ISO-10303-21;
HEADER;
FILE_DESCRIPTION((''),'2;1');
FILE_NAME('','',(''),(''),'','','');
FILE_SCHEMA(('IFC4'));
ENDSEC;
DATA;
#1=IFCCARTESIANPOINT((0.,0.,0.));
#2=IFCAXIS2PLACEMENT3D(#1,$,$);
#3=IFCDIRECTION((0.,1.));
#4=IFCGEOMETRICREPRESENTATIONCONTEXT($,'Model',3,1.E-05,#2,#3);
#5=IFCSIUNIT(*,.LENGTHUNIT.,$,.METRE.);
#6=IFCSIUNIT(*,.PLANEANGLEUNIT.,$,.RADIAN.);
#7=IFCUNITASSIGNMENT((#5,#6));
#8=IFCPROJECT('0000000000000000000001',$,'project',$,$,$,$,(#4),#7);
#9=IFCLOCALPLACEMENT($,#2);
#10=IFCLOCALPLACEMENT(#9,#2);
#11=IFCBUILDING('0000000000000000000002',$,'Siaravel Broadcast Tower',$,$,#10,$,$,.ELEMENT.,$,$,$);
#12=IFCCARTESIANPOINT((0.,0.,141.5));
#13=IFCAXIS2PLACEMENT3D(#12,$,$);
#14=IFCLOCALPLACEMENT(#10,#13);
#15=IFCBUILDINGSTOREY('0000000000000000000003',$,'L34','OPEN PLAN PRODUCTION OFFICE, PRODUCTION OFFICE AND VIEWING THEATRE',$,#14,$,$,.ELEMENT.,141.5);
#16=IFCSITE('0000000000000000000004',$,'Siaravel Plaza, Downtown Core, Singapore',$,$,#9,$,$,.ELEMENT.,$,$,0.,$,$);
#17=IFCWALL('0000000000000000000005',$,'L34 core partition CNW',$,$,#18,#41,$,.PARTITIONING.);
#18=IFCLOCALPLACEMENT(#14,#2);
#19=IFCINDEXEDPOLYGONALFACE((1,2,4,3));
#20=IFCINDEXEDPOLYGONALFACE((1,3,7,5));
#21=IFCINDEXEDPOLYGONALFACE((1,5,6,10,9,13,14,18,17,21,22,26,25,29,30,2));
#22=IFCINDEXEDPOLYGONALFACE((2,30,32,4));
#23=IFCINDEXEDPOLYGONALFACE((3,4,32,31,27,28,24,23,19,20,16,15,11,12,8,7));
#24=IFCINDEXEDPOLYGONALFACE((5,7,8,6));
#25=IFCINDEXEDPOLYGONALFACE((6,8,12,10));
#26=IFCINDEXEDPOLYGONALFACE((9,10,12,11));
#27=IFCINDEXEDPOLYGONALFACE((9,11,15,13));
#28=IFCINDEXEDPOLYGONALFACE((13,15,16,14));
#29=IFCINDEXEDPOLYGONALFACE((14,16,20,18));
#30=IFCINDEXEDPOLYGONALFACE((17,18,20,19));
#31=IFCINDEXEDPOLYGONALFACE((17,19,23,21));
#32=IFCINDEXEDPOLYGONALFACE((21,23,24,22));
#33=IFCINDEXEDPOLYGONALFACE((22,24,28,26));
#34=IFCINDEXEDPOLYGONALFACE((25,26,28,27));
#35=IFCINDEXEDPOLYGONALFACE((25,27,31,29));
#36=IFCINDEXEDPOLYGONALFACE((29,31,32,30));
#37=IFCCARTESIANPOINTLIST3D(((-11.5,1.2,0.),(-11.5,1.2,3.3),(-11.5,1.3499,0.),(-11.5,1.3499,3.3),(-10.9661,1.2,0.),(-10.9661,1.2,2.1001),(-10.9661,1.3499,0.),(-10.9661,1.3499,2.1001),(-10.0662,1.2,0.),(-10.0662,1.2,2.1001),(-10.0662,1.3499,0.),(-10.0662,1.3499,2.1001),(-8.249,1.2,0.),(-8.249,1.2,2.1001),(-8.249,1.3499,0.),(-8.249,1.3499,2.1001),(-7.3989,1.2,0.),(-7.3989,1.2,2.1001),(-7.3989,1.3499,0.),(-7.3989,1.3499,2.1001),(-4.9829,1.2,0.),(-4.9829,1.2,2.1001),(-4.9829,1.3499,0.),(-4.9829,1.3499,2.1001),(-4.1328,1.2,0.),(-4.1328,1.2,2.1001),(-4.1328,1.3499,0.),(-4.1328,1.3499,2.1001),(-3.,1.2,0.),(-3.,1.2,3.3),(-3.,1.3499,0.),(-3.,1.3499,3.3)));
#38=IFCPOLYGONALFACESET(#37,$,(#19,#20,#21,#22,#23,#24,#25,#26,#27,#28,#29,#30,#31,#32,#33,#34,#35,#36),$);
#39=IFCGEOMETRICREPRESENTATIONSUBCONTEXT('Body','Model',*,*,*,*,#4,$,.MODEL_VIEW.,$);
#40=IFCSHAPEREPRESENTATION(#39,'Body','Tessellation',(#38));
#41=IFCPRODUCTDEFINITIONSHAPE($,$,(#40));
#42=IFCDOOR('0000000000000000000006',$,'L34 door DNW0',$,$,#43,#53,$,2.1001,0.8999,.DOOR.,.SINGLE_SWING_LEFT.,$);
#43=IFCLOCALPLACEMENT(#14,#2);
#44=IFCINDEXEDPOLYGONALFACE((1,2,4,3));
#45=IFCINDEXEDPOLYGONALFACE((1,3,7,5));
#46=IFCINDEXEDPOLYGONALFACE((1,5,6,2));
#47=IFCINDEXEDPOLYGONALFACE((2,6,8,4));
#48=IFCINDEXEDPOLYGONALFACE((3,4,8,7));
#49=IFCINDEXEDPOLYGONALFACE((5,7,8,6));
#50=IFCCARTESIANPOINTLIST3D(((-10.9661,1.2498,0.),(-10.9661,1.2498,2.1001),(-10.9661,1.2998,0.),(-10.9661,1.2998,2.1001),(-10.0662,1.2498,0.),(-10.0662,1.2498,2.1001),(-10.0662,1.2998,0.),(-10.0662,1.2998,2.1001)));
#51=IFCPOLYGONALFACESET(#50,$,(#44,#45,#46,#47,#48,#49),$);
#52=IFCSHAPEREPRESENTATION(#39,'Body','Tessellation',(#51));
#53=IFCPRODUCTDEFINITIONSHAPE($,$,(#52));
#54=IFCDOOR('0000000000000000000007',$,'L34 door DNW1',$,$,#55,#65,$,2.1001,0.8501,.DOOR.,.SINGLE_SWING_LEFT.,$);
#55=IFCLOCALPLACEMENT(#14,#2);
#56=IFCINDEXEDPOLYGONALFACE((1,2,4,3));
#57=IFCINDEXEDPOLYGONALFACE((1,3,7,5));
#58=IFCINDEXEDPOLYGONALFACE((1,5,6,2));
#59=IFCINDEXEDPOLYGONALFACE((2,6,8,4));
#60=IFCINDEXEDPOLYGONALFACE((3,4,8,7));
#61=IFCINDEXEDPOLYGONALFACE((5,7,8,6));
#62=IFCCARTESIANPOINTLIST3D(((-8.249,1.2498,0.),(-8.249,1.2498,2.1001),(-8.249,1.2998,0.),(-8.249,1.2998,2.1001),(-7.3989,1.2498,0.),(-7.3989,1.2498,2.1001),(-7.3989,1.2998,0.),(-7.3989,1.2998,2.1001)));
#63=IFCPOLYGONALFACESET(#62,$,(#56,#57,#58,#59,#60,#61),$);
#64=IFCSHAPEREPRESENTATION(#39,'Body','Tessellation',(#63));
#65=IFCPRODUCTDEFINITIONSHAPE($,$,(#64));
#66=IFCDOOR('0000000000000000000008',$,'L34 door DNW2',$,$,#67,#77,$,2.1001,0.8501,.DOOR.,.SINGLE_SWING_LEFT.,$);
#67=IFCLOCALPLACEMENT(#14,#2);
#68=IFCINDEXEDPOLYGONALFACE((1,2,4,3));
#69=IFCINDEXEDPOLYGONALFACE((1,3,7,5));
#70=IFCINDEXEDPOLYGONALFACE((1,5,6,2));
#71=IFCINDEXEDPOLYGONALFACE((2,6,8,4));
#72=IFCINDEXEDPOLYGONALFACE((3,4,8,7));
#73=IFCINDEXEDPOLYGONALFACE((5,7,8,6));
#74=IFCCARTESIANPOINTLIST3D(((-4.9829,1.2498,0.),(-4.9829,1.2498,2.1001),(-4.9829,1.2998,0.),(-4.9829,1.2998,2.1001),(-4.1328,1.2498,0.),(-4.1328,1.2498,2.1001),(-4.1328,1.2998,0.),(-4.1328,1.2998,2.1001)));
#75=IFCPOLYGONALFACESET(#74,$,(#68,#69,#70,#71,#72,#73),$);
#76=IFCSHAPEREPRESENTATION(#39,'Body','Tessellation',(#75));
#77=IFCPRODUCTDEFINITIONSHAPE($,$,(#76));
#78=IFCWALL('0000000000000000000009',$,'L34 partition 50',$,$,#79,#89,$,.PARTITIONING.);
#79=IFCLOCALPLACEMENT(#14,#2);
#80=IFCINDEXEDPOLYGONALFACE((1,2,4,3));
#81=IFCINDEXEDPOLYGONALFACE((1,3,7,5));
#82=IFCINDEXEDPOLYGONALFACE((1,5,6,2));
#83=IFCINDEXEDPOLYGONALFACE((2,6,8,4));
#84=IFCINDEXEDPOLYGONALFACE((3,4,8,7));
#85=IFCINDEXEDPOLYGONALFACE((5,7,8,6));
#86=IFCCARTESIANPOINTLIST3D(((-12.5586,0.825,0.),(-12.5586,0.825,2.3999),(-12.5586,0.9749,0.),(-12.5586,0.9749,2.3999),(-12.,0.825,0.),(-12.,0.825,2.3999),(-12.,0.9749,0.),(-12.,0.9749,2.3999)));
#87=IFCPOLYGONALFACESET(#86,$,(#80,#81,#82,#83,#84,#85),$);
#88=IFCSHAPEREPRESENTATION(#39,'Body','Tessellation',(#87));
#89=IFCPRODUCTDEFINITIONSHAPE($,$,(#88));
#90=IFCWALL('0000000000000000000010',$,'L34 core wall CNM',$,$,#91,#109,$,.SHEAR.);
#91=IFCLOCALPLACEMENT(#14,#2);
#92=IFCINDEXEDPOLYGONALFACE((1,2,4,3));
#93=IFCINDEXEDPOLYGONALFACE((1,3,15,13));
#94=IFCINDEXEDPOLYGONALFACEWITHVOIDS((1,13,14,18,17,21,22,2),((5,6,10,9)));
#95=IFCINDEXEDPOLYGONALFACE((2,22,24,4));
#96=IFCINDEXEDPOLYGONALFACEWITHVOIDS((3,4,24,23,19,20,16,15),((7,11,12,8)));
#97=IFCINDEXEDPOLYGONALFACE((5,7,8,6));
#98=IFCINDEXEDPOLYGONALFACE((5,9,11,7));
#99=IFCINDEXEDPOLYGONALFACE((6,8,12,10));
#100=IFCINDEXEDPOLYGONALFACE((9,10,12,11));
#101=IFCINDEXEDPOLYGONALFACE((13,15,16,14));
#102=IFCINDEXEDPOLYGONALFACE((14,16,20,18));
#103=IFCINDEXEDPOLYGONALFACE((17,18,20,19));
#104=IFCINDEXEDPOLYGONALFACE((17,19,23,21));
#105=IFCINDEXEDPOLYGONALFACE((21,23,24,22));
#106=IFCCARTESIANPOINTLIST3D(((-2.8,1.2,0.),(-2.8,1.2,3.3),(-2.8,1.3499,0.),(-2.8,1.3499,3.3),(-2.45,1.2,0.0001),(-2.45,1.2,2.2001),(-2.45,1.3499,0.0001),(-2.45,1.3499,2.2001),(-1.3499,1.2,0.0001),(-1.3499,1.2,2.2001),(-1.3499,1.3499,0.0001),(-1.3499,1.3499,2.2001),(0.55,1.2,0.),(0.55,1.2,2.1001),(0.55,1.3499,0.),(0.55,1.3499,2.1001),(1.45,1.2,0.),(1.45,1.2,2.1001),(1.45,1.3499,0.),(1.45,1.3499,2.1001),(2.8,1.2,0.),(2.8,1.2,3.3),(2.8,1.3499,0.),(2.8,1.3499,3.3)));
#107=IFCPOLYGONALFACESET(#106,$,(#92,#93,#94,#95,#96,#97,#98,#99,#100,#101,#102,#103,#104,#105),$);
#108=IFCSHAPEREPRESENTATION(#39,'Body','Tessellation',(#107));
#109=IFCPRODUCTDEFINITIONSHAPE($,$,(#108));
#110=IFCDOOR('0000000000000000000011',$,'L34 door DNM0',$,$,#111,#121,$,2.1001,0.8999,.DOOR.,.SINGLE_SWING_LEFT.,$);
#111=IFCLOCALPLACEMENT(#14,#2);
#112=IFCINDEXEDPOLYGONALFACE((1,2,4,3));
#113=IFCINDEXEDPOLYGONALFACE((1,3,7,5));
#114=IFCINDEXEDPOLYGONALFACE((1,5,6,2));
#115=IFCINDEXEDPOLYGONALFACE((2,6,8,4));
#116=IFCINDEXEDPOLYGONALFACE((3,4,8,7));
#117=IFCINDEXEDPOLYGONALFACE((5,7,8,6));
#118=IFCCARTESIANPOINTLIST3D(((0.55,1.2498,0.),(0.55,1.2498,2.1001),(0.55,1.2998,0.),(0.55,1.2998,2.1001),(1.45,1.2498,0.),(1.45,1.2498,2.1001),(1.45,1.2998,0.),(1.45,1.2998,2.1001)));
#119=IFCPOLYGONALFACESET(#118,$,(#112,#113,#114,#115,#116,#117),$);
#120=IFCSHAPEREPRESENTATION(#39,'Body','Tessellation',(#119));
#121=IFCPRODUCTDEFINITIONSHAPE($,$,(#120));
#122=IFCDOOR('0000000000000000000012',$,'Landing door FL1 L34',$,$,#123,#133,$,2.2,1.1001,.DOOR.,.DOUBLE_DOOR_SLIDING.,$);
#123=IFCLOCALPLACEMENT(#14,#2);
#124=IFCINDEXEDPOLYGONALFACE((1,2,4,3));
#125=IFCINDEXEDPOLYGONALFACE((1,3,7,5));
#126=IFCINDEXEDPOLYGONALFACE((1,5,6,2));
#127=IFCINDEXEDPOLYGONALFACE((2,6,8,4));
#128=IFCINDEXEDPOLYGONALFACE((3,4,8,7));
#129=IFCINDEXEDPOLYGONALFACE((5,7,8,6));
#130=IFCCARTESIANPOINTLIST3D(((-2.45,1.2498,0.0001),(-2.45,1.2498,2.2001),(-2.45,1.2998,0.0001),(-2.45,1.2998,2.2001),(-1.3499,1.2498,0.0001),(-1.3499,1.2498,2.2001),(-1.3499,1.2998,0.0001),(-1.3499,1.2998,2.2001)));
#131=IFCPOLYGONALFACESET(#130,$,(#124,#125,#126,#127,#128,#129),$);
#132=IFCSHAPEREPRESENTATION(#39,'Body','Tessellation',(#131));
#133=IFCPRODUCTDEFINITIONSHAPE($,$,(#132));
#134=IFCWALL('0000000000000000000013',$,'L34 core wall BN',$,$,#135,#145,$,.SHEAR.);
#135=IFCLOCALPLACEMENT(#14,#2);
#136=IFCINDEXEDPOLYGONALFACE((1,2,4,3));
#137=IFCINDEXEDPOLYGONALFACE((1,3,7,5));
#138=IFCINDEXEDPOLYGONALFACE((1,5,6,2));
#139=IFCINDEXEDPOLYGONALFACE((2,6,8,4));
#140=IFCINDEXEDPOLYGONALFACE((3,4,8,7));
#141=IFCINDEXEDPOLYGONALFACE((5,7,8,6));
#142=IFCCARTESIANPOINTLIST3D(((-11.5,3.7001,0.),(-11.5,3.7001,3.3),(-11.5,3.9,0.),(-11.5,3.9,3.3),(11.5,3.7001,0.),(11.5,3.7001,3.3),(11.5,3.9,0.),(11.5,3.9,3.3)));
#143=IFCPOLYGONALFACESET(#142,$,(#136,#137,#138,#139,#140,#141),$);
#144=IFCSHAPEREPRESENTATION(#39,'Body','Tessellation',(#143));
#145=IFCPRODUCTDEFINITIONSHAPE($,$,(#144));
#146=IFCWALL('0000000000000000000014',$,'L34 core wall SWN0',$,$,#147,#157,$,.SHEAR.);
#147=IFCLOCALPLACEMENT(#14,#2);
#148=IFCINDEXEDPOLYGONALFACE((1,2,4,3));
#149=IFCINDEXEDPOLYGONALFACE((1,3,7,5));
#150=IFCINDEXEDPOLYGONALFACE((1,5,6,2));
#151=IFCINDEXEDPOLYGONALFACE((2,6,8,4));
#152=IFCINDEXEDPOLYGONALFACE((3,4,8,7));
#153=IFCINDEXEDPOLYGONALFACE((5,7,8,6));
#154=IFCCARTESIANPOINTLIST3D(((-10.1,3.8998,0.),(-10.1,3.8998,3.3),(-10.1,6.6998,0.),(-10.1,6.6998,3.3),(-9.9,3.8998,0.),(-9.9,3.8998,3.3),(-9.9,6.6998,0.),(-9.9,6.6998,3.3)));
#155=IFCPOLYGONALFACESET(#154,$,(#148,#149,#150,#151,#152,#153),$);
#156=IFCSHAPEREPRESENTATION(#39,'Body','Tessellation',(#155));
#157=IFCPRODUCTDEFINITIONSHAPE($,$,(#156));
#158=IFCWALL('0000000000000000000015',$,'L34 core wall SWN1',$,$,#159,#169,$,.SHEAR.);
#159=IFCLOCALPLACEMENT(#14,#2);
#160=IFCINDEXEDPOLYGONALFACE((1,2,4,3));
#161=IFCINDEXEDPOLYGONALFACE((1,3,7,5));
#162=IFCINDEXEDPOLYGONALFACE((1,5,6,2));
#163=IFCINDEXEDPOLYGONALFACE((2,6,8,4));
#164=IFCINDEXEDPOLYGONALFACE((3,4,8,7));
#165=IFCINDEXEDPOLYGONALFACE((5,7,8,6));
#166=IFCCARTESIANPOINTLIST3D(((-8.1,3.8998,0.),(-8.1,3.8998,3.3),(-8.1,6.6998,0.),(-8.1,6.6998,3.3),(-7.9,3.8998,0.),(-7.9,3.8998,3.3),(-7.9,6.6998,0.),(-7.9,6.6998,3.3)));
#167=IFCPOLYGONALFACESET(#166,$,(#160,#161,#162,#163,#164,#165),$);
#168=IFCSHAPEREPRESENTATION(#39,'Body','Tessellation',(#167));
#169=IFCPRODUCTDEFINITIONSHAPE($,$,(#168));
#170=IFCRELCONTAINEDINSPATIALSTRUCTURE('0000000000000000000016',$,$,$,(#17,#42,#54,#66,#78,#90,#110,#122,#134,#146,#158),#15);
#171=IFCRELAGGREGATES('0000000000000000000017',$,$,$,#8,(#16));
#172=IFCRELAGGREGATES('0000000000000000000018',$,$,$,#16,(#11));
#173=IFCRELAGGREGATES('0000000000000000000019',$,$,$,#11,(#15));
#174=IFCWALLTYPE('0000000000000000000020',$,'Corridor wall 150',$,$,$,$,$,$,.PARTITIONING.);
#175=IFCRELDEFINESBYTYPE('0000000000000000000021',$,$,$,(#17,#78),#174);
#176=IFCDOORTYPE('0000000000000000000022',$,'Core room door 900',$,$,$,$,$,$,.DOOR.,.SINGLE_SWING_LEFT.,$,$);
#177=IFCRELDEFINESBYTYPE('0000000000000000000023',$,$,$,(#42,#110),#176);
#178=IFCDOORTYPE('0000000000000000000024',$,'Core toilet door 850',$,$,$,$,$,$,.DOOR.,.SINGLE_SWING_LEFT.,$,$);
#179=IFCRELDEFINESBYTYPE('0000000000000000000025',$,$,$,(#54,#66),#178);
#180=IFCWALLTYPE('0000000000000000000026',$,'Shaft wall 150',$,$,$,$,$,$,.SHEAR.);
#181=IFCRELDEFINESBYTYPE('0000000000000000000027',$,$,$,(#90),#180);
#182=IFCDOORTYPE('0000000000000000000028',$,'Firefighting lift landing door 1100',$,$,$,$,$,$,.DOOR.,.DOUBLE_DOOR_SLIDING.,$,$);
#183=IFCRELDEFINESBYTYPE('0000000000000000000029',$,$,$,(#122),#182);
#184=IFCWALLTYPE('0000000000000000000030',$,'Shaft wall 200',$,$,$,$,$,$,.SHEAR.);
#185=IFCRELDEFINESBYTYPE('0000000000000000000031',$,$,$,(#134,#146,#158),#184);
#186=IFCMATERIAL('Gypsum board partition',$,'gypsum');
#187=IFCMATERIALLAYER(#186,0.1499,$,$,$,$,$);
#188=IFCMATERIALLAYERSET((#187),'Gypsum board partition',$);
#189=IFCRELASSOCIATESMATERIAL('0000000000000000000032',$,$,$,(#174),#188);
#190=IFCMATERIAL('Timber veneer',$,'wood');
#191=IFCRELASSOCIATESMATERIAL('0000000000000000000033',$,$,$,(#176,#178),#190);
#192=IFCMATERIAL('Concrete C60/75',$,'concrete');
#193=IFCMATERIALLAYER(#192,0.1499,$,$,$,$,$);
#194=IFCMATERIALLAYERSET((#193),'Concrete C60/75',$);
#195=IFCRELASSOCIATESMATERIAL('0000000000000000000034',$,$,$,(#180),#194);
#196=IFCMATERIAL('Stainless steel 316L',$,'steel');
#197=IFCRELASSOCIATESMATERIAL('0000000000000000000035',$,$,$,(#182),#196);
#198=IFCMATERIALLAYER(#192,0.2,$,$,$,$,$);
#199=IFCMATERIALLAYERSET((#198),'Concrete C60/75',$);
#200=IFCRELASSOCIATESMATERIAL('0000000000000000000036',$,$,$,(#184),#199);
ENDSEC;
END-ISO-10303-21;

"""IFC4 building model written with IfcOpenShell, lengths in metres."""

from ifc_helpers import new_model, si_unit, direction, frame, frame_2d, origin, place, context, subcontext, project, spatial, rectangle, extrude, material, layer, layer_set, type_object, element, fill, save


model = new_model("IFC4")

# Units and contexts
model_context = context("Model", 3, precision=1e-05, world=origin(), true_north=direction((0.0, 1.0)))
body_context = subcontext(model_context, "Body", "Model", "MODEL_VIEW")
ifc_project = project(units=[si_unit("LENGTHUNIT", "METRE"), si_unit("PLANEANGLEUNIT", "RADIAN")], contexts=[model_context])

# Site, building, storey
site_placement = place(None, origin())
site = spatial("IfcSite", under=ifc_project, at=site_placement, Name="Siaravel Plaza, Downtown Core, Singapore", CompositionType="ELEMENT", RefElevation=0.0)
building_placement = place(site_placement, origin())
building = spatial("IfcBuilding", under=site, at=building_placement, Name="Siaravel Broadcast Tower", CompositionType="ELEMENT")
storey_placement = place(building_placement, frame((0.0, 0.0, 141.5)))
storey = spatial("IfcBuildingStorey", under=building, at=storey_placement, Name="L34", Description="OPEN PLAN PRODUCTION OFFICE, PRODUCTION OFFICE AND VIEWING THEATRE", CompositionType="ELEMENT", Elevation=141.5)

# Wall, openings, doors
ifc_material_1 = material(Name="Gypsum board partition", Category="gypsum")
ifc_layer_1 = layer(ifc_material_1, 0.1499)
ifc_layer_set_1 = layer_set([ifc_layer_1], Name="Gypsum board partition")
wall_type_1 = type_object("IfcWallType", Name="Corridor wall 150", PredefinedType="PARTITIONING", material=ifc_layer_set_1)
wall_1_placement = place(storey_placement, frame((-11.5, 1.2749, 0.0), z_axis=(0.0, 0.0, 1.0), x_axis=(1.0, 0.0, 0.0)))
wall_1 = element("IfcWall", 1, at=wall_1_placement, inside=storey, type_object=wall_type_1, Name="L34 core partition CNW", PredefinedType="PARTITIONING", context=body_context, shape_type="SweptSolid", body=[
    extrude(rectangle(XDim=8.5, YDim=0.1499, at=frame_2d((4.25, 0.0))), origin(), (0.0, 0.0, 1.0), 3.3),
])
opening_1_placement = place(wall_1_placement, frame((0.5339, 0.0, 0.0)))
opening_1 = element("IfcOpeningElement", 2, at=opening_1_placement, cuts=wall_1, PredefinedType="OPENING", context=body_context, shape_type="SweptSolid", body=[
    extrude(rectangle(XDim=0.8999, YDim=2.1001, at=frame_2d((0.45, 1.05))), frame((0.0, 0.085, 0.0), z_axis=(0.0, -1.0, 0.0), x_axis=(1.0, 0.0, 0.0)), (0.0, 0.0, 1.0), 0.1699),
])
opening_2_placement = place(wall_1_placement, frame((3.251, 0.0, 0.0)))
opening_2 = element("IfcOpeningElement", 3, at=opening_2_placement, cuts=wall_1, PredefinedType="OPENING", context=body_context, shape_type="SweptSolid", body=[
    extrude(rectangle(XDim=0.8501, YDim=2.1001, at=frame_2d((0.425, 1.05))), frame((0.0, 0.085, 0.0), z_axis=(0.0, -1.0, 0.0), x_axis=(1.0, 0.0, 0.0)), (0.0, 0.0, 1.0), 0.1699),
])
opening_3_placement = place(wall_1_placement, frame((6.5171, 0.0, 0.0)))
opening_3 = element("IfcOpeningElement", 4, at=opening_3_placement, cuts=wall_1, PredefinedType="OPENING", context=body_context, shape_type="SweptSolid", body=[
    extrude(rectangle(XDim=0.8501, YDim=2.1001, at=frame_2d((0.425, 1.05))), frame((0.0, 0.085, 0.0), z_axis=(0.0, -1.0, 0.0), x_axis=(1.0, 0.0, 0.0)), (0.0, 0.0, 1.0), 0.1699),
])
ifc_material_2 = material(Name="Timber veneer", Category="wood")
door_type_1 = type_object("IfcDoorType", Name="Core room door 900", OperationType="SINGLE_SWING_LEFT", PredefinedType="DOOR", material=ifc_material_2)
door_1_placement = place(opening_1_placement, origin())
door_1 = element("IfcDoor", 5, at=door_1_placement, inside=storey, type_object=door_type_1, Name="L34 door DNW0", OperationType="SINGLE_SWING_LEFT", OverallHeight=2.1001, OverallWidth=0.8999, PredefinedType="DOOR", context=body_context, shape_type="SweptSolid", body=[
    extrude(rectangle(XDim=0.8999, YDim=2.1001, at=frame_2d((0.45, 1.05))), frame((0.0, 0.0249, 0.0), z_axis=(0.0, -1.0, 0.0), x_axis=(1.0, 0.0, 0.0)), (0.0, 0.0, 1.0), 0.05),
])
fill(opening_1, door_1)
door_type_2 = type_object("IfcDoorType", Name="Core toilet door 850", OperationType="SINGLE_SWING_LEFT", PredefinedType="DOOR", material=ifc_material_2)
door_2_placement = place(opening_2_placement, origin())
door_2 = element("IfcDoor", 6, at=door_2_placement, inside=storey, type_object=door_type_2, Name="L34 door DNW1", OperationType="SINGLE_SWING_LEFT", OverallHeight=2.1001, OverallWidth=0.8501, PredefinedType="DOOR", context=body_context, shape_type="SweptSolid", body=[
    extrude(rectangle(XDim=0.8501, YDim=2.1001, at=frame_2d((0.425, 1.05))), frame((0.0, 0.0249, 0.0), z_axis=(0.0, -1.0, 0.0), x_axis=(1.0, 0.0, 0.0)), (0.0, 0.0, 1.0), 0.05),
])
fill(opening_2, door_2)
door_3_placement = place(opening_3_placement, origin())
door_3 = element("IfcDoor", 7, at=door_3_placement, inside=storey, type_object=door_type_2, Name="L34 door DNW2", OperationType="SINGLE_SWING_LEFT", OverallHeight=2.1001, OverallWidth=0.8501, PredefinedType="DOOR", context=body_context, shape_type="SweptSolid", body=[
    extrude(rectangle(XDim=0.8501, YDim=2.1001, at=frame_2d((0.425, 1.05))), frame((0.0, 0.0249, 0.0), z_axis=(0.0, -1.0, 0.0), x_axis=(1.0, 0.0, 0.0)), (0.0, 0.0, 1.0), 0.05),
])
fill(opening_3, door_3)

# Wall
wall_2_placement = place(storey_placement, frame((-12.0, 0.8999, 0.0), z_axis=(0.0, 0.0, 1.0), x_axis=(-1.0, 0.0, 0.0)))
element("IfcWall", 8, at=wall_2_placement, inside=storey, type_object=wall_type_1, Name="L34 partition 50", PredefinedType="PARTITIONING", context=body_context, shape_type="SweptSolid", body=[
    extrude(rectangle(XDim=0.5586, YDim=0.1499, at=frame_2d((0.2793, 0.0))), origin(), (0.0, 0.0, 1.0), 2.3999),
])

# Wall, openings, doors
ifc_material_3 = material(Name="Concrete C60/75", Category="concrete")
ifc_layer_2 = layer(ifc_material_3, 0.1499)
ifc_layer_set_2 = layer_set([ifc_layer_2], Name="Concrete C60/75")
wall_type_2 = type_object("IfcWallType", Name="Shaft wall 150", PredefinedType="SHEAR", material=ifc_layer_set_2)
wall_3_placement = place(storey_placement, frame((-2.8, 1.2749, 0.0), z_axis=(0.0, 0.0, 1.0), x_axis=(1.0, 0.0, 0.0)))
wall_3 = element("IfcWall", 9, at=wall_3_placement, inside=storey, type_object=wall_type_2, Name="L34 core wall CNM", PredefinedType="SHEAR", context=body_context, shape_type="SweptSolid", body=[
    extrude(rectangle(XDim=5.6001, YDim=0.1499, at=frame_2d((2.8, 0.0))), origin(), (0.0, 0.0, 1.0), 3.3),
])
opening_4_placement = place(wall_3_placement, frame((0.3501, 0.0, 0.0)))
opening_4 = element("IfcOpeningElement", 10, at=opening_4_placement, cuts=wall_3, PredefinedType="OPENING", context=body_context, shape_type="SweptSolid", body=[
    extrude(rectangle(XDim=1.1001, YDim=2.2, at=frame_2d((0.55, 1.1001))), frame((0.0, 0.085, 0.0), z_axis=(0.0, -1.0, 0.0), x_axis=(1.0, 0.0, 0.0)), (0.0, 0.0, 1.0), 0.1699),
])
opening_5_placement = place(wall_3_placement, frame((3.3501, 0.0, 0.0)))
opening_5 = element("IfcOpeningElement", 11, at=opening_5_placement, cuts=wall_3, PredefinedType="OPENING", context=body_context, shape_type="SweptSolid", body=[
    extrude(rectangle(XDim=0.8999, YDim=2.1001, at=frame_2d((0.45, 1.05))), frame((0.0, 0.085, 0.0), z_axis=(0.0, -1.0, 0.0), x_axis=(1.0, 0.0, 0.0)), (0.0, 0.0, 1.0), 0.1699),
])
door_4_placement = place(opening_5_placement, origin())
door_4 = element("IfcDoor", 12, at=door_4_placement, inside=storey, type_object=door_type_1, Name="L34 door DNM0", OperationType="SINGLE_SWING_LEFT", OverallHeight=2.1001, OverallWidth=0.8999, PredefinedType="DOOR", context=body_context, shape_type="SweptSolid", body=[
    extrude(rectangle(XDim=0.8999, YDim=2.1001, at=frame_2d((0.45, 1.05))), frame((0.0, 0.0249, 0.0), z_axis=(0.0, -1.0, 0.0), x_axis=(1.0, 0.0, 0.0)), (0.0, 0.0, 1.0), 0.05),
])
fill(opening_5, door_4)
ifc_material_4 = material(Name="Stainless steel 316L", Category="steel")
door_type_3 = type_object("IfcDoorType", Name="Firefighting lift landing door 1100", OperationType="DOUBLE_DOOR_SLIDING", PredefinedType="DOOR", material=ifc_material_4)
door_5_placement = place(opening_4_placement, origin())
door_5 = element("IfcDoor", 13, at=door_5_placement, inside=storey, type_object=door_type_3, Name="Landing door FL1 L34", OperationType="DOUBLE_DOOR_SLIDING", OverallHeight=2.2, OverallWidth=1.1001, PredefinedType="DOOR", context=body_context, shape_type="SweptSolid", body=[
    extrude(rectangle(XDim=1.1001, YDim=2.2, at=frame_2d((0.55, 1.1001))), frame((0.0, 0.0249, 0.0), z_axis=(0.0, -1.0, 0.0), x_axis=(1.0, 0.0, 0.0)), (0.0, 0.0, 1.0), 0.05),
])
fill(opening_4, door_5)

# Walls
ifc_layer_3 = layer(ifc_material_3, 0.2)
ifc_layer_set_3 = layer_set([ifc_layer_3], Name="Concrete C60/75")
wall_type_3 = type_object("IfcWallType", Name="Shaft wall 200", PredefinedType="SHEAR", material=ifc_layer_set_3)
wall_4_placement = place(storey_placement, frame((-11.5, 3.8, 0.0), z_axis=(0.0, 0.0, 1.0), x_axis=(1.0, 0.0, 0.0)))
element("IfcWall", 14, at=wall_4_placement, inside=storey, type_object=wall_type_3, Name="L34 core wall BN", PredefinedType="SHEAR", context=body_context, shape_type="SweptSolid", body=[
    extrude(rectangle(XDim=23.0, YDim=0.2, at=frame_2d((11.5, 0.0))), origin(), (0.0, 0.0, 1.0), 3.3),
])
for number, where, z_axis, x_axis, name in (
    (15, (-10.0, 3.8999, 0.0), (0.0, 0.0, 1.0), (0.0, 1.0, 0.0), "L34 core wall SWN0"),
    (16, (-8.0, 3.8999, 0.0), (0.0, 0.0, 1.0), (0.0, 1.0, 0.0), "L34 core wall SWN1"),
):
    element("IfcWall", number, at=place(storey_placement, frame(where, z_axis=z_axis, x_axis=x_axis)), inside=storey, type_object=wall_type_3, Name=name, PredefinedType="SHEAR", context=body_context, shape_type="SweptSolid", body=[
        extrude(rectangle(XDim=2.8, YDim=0.2, at=frame_2d((1.3999, 0.0))), origin(), (0.0, 0.0, 1.0), 3.3),
    ])

save(model, "model.ifc")
